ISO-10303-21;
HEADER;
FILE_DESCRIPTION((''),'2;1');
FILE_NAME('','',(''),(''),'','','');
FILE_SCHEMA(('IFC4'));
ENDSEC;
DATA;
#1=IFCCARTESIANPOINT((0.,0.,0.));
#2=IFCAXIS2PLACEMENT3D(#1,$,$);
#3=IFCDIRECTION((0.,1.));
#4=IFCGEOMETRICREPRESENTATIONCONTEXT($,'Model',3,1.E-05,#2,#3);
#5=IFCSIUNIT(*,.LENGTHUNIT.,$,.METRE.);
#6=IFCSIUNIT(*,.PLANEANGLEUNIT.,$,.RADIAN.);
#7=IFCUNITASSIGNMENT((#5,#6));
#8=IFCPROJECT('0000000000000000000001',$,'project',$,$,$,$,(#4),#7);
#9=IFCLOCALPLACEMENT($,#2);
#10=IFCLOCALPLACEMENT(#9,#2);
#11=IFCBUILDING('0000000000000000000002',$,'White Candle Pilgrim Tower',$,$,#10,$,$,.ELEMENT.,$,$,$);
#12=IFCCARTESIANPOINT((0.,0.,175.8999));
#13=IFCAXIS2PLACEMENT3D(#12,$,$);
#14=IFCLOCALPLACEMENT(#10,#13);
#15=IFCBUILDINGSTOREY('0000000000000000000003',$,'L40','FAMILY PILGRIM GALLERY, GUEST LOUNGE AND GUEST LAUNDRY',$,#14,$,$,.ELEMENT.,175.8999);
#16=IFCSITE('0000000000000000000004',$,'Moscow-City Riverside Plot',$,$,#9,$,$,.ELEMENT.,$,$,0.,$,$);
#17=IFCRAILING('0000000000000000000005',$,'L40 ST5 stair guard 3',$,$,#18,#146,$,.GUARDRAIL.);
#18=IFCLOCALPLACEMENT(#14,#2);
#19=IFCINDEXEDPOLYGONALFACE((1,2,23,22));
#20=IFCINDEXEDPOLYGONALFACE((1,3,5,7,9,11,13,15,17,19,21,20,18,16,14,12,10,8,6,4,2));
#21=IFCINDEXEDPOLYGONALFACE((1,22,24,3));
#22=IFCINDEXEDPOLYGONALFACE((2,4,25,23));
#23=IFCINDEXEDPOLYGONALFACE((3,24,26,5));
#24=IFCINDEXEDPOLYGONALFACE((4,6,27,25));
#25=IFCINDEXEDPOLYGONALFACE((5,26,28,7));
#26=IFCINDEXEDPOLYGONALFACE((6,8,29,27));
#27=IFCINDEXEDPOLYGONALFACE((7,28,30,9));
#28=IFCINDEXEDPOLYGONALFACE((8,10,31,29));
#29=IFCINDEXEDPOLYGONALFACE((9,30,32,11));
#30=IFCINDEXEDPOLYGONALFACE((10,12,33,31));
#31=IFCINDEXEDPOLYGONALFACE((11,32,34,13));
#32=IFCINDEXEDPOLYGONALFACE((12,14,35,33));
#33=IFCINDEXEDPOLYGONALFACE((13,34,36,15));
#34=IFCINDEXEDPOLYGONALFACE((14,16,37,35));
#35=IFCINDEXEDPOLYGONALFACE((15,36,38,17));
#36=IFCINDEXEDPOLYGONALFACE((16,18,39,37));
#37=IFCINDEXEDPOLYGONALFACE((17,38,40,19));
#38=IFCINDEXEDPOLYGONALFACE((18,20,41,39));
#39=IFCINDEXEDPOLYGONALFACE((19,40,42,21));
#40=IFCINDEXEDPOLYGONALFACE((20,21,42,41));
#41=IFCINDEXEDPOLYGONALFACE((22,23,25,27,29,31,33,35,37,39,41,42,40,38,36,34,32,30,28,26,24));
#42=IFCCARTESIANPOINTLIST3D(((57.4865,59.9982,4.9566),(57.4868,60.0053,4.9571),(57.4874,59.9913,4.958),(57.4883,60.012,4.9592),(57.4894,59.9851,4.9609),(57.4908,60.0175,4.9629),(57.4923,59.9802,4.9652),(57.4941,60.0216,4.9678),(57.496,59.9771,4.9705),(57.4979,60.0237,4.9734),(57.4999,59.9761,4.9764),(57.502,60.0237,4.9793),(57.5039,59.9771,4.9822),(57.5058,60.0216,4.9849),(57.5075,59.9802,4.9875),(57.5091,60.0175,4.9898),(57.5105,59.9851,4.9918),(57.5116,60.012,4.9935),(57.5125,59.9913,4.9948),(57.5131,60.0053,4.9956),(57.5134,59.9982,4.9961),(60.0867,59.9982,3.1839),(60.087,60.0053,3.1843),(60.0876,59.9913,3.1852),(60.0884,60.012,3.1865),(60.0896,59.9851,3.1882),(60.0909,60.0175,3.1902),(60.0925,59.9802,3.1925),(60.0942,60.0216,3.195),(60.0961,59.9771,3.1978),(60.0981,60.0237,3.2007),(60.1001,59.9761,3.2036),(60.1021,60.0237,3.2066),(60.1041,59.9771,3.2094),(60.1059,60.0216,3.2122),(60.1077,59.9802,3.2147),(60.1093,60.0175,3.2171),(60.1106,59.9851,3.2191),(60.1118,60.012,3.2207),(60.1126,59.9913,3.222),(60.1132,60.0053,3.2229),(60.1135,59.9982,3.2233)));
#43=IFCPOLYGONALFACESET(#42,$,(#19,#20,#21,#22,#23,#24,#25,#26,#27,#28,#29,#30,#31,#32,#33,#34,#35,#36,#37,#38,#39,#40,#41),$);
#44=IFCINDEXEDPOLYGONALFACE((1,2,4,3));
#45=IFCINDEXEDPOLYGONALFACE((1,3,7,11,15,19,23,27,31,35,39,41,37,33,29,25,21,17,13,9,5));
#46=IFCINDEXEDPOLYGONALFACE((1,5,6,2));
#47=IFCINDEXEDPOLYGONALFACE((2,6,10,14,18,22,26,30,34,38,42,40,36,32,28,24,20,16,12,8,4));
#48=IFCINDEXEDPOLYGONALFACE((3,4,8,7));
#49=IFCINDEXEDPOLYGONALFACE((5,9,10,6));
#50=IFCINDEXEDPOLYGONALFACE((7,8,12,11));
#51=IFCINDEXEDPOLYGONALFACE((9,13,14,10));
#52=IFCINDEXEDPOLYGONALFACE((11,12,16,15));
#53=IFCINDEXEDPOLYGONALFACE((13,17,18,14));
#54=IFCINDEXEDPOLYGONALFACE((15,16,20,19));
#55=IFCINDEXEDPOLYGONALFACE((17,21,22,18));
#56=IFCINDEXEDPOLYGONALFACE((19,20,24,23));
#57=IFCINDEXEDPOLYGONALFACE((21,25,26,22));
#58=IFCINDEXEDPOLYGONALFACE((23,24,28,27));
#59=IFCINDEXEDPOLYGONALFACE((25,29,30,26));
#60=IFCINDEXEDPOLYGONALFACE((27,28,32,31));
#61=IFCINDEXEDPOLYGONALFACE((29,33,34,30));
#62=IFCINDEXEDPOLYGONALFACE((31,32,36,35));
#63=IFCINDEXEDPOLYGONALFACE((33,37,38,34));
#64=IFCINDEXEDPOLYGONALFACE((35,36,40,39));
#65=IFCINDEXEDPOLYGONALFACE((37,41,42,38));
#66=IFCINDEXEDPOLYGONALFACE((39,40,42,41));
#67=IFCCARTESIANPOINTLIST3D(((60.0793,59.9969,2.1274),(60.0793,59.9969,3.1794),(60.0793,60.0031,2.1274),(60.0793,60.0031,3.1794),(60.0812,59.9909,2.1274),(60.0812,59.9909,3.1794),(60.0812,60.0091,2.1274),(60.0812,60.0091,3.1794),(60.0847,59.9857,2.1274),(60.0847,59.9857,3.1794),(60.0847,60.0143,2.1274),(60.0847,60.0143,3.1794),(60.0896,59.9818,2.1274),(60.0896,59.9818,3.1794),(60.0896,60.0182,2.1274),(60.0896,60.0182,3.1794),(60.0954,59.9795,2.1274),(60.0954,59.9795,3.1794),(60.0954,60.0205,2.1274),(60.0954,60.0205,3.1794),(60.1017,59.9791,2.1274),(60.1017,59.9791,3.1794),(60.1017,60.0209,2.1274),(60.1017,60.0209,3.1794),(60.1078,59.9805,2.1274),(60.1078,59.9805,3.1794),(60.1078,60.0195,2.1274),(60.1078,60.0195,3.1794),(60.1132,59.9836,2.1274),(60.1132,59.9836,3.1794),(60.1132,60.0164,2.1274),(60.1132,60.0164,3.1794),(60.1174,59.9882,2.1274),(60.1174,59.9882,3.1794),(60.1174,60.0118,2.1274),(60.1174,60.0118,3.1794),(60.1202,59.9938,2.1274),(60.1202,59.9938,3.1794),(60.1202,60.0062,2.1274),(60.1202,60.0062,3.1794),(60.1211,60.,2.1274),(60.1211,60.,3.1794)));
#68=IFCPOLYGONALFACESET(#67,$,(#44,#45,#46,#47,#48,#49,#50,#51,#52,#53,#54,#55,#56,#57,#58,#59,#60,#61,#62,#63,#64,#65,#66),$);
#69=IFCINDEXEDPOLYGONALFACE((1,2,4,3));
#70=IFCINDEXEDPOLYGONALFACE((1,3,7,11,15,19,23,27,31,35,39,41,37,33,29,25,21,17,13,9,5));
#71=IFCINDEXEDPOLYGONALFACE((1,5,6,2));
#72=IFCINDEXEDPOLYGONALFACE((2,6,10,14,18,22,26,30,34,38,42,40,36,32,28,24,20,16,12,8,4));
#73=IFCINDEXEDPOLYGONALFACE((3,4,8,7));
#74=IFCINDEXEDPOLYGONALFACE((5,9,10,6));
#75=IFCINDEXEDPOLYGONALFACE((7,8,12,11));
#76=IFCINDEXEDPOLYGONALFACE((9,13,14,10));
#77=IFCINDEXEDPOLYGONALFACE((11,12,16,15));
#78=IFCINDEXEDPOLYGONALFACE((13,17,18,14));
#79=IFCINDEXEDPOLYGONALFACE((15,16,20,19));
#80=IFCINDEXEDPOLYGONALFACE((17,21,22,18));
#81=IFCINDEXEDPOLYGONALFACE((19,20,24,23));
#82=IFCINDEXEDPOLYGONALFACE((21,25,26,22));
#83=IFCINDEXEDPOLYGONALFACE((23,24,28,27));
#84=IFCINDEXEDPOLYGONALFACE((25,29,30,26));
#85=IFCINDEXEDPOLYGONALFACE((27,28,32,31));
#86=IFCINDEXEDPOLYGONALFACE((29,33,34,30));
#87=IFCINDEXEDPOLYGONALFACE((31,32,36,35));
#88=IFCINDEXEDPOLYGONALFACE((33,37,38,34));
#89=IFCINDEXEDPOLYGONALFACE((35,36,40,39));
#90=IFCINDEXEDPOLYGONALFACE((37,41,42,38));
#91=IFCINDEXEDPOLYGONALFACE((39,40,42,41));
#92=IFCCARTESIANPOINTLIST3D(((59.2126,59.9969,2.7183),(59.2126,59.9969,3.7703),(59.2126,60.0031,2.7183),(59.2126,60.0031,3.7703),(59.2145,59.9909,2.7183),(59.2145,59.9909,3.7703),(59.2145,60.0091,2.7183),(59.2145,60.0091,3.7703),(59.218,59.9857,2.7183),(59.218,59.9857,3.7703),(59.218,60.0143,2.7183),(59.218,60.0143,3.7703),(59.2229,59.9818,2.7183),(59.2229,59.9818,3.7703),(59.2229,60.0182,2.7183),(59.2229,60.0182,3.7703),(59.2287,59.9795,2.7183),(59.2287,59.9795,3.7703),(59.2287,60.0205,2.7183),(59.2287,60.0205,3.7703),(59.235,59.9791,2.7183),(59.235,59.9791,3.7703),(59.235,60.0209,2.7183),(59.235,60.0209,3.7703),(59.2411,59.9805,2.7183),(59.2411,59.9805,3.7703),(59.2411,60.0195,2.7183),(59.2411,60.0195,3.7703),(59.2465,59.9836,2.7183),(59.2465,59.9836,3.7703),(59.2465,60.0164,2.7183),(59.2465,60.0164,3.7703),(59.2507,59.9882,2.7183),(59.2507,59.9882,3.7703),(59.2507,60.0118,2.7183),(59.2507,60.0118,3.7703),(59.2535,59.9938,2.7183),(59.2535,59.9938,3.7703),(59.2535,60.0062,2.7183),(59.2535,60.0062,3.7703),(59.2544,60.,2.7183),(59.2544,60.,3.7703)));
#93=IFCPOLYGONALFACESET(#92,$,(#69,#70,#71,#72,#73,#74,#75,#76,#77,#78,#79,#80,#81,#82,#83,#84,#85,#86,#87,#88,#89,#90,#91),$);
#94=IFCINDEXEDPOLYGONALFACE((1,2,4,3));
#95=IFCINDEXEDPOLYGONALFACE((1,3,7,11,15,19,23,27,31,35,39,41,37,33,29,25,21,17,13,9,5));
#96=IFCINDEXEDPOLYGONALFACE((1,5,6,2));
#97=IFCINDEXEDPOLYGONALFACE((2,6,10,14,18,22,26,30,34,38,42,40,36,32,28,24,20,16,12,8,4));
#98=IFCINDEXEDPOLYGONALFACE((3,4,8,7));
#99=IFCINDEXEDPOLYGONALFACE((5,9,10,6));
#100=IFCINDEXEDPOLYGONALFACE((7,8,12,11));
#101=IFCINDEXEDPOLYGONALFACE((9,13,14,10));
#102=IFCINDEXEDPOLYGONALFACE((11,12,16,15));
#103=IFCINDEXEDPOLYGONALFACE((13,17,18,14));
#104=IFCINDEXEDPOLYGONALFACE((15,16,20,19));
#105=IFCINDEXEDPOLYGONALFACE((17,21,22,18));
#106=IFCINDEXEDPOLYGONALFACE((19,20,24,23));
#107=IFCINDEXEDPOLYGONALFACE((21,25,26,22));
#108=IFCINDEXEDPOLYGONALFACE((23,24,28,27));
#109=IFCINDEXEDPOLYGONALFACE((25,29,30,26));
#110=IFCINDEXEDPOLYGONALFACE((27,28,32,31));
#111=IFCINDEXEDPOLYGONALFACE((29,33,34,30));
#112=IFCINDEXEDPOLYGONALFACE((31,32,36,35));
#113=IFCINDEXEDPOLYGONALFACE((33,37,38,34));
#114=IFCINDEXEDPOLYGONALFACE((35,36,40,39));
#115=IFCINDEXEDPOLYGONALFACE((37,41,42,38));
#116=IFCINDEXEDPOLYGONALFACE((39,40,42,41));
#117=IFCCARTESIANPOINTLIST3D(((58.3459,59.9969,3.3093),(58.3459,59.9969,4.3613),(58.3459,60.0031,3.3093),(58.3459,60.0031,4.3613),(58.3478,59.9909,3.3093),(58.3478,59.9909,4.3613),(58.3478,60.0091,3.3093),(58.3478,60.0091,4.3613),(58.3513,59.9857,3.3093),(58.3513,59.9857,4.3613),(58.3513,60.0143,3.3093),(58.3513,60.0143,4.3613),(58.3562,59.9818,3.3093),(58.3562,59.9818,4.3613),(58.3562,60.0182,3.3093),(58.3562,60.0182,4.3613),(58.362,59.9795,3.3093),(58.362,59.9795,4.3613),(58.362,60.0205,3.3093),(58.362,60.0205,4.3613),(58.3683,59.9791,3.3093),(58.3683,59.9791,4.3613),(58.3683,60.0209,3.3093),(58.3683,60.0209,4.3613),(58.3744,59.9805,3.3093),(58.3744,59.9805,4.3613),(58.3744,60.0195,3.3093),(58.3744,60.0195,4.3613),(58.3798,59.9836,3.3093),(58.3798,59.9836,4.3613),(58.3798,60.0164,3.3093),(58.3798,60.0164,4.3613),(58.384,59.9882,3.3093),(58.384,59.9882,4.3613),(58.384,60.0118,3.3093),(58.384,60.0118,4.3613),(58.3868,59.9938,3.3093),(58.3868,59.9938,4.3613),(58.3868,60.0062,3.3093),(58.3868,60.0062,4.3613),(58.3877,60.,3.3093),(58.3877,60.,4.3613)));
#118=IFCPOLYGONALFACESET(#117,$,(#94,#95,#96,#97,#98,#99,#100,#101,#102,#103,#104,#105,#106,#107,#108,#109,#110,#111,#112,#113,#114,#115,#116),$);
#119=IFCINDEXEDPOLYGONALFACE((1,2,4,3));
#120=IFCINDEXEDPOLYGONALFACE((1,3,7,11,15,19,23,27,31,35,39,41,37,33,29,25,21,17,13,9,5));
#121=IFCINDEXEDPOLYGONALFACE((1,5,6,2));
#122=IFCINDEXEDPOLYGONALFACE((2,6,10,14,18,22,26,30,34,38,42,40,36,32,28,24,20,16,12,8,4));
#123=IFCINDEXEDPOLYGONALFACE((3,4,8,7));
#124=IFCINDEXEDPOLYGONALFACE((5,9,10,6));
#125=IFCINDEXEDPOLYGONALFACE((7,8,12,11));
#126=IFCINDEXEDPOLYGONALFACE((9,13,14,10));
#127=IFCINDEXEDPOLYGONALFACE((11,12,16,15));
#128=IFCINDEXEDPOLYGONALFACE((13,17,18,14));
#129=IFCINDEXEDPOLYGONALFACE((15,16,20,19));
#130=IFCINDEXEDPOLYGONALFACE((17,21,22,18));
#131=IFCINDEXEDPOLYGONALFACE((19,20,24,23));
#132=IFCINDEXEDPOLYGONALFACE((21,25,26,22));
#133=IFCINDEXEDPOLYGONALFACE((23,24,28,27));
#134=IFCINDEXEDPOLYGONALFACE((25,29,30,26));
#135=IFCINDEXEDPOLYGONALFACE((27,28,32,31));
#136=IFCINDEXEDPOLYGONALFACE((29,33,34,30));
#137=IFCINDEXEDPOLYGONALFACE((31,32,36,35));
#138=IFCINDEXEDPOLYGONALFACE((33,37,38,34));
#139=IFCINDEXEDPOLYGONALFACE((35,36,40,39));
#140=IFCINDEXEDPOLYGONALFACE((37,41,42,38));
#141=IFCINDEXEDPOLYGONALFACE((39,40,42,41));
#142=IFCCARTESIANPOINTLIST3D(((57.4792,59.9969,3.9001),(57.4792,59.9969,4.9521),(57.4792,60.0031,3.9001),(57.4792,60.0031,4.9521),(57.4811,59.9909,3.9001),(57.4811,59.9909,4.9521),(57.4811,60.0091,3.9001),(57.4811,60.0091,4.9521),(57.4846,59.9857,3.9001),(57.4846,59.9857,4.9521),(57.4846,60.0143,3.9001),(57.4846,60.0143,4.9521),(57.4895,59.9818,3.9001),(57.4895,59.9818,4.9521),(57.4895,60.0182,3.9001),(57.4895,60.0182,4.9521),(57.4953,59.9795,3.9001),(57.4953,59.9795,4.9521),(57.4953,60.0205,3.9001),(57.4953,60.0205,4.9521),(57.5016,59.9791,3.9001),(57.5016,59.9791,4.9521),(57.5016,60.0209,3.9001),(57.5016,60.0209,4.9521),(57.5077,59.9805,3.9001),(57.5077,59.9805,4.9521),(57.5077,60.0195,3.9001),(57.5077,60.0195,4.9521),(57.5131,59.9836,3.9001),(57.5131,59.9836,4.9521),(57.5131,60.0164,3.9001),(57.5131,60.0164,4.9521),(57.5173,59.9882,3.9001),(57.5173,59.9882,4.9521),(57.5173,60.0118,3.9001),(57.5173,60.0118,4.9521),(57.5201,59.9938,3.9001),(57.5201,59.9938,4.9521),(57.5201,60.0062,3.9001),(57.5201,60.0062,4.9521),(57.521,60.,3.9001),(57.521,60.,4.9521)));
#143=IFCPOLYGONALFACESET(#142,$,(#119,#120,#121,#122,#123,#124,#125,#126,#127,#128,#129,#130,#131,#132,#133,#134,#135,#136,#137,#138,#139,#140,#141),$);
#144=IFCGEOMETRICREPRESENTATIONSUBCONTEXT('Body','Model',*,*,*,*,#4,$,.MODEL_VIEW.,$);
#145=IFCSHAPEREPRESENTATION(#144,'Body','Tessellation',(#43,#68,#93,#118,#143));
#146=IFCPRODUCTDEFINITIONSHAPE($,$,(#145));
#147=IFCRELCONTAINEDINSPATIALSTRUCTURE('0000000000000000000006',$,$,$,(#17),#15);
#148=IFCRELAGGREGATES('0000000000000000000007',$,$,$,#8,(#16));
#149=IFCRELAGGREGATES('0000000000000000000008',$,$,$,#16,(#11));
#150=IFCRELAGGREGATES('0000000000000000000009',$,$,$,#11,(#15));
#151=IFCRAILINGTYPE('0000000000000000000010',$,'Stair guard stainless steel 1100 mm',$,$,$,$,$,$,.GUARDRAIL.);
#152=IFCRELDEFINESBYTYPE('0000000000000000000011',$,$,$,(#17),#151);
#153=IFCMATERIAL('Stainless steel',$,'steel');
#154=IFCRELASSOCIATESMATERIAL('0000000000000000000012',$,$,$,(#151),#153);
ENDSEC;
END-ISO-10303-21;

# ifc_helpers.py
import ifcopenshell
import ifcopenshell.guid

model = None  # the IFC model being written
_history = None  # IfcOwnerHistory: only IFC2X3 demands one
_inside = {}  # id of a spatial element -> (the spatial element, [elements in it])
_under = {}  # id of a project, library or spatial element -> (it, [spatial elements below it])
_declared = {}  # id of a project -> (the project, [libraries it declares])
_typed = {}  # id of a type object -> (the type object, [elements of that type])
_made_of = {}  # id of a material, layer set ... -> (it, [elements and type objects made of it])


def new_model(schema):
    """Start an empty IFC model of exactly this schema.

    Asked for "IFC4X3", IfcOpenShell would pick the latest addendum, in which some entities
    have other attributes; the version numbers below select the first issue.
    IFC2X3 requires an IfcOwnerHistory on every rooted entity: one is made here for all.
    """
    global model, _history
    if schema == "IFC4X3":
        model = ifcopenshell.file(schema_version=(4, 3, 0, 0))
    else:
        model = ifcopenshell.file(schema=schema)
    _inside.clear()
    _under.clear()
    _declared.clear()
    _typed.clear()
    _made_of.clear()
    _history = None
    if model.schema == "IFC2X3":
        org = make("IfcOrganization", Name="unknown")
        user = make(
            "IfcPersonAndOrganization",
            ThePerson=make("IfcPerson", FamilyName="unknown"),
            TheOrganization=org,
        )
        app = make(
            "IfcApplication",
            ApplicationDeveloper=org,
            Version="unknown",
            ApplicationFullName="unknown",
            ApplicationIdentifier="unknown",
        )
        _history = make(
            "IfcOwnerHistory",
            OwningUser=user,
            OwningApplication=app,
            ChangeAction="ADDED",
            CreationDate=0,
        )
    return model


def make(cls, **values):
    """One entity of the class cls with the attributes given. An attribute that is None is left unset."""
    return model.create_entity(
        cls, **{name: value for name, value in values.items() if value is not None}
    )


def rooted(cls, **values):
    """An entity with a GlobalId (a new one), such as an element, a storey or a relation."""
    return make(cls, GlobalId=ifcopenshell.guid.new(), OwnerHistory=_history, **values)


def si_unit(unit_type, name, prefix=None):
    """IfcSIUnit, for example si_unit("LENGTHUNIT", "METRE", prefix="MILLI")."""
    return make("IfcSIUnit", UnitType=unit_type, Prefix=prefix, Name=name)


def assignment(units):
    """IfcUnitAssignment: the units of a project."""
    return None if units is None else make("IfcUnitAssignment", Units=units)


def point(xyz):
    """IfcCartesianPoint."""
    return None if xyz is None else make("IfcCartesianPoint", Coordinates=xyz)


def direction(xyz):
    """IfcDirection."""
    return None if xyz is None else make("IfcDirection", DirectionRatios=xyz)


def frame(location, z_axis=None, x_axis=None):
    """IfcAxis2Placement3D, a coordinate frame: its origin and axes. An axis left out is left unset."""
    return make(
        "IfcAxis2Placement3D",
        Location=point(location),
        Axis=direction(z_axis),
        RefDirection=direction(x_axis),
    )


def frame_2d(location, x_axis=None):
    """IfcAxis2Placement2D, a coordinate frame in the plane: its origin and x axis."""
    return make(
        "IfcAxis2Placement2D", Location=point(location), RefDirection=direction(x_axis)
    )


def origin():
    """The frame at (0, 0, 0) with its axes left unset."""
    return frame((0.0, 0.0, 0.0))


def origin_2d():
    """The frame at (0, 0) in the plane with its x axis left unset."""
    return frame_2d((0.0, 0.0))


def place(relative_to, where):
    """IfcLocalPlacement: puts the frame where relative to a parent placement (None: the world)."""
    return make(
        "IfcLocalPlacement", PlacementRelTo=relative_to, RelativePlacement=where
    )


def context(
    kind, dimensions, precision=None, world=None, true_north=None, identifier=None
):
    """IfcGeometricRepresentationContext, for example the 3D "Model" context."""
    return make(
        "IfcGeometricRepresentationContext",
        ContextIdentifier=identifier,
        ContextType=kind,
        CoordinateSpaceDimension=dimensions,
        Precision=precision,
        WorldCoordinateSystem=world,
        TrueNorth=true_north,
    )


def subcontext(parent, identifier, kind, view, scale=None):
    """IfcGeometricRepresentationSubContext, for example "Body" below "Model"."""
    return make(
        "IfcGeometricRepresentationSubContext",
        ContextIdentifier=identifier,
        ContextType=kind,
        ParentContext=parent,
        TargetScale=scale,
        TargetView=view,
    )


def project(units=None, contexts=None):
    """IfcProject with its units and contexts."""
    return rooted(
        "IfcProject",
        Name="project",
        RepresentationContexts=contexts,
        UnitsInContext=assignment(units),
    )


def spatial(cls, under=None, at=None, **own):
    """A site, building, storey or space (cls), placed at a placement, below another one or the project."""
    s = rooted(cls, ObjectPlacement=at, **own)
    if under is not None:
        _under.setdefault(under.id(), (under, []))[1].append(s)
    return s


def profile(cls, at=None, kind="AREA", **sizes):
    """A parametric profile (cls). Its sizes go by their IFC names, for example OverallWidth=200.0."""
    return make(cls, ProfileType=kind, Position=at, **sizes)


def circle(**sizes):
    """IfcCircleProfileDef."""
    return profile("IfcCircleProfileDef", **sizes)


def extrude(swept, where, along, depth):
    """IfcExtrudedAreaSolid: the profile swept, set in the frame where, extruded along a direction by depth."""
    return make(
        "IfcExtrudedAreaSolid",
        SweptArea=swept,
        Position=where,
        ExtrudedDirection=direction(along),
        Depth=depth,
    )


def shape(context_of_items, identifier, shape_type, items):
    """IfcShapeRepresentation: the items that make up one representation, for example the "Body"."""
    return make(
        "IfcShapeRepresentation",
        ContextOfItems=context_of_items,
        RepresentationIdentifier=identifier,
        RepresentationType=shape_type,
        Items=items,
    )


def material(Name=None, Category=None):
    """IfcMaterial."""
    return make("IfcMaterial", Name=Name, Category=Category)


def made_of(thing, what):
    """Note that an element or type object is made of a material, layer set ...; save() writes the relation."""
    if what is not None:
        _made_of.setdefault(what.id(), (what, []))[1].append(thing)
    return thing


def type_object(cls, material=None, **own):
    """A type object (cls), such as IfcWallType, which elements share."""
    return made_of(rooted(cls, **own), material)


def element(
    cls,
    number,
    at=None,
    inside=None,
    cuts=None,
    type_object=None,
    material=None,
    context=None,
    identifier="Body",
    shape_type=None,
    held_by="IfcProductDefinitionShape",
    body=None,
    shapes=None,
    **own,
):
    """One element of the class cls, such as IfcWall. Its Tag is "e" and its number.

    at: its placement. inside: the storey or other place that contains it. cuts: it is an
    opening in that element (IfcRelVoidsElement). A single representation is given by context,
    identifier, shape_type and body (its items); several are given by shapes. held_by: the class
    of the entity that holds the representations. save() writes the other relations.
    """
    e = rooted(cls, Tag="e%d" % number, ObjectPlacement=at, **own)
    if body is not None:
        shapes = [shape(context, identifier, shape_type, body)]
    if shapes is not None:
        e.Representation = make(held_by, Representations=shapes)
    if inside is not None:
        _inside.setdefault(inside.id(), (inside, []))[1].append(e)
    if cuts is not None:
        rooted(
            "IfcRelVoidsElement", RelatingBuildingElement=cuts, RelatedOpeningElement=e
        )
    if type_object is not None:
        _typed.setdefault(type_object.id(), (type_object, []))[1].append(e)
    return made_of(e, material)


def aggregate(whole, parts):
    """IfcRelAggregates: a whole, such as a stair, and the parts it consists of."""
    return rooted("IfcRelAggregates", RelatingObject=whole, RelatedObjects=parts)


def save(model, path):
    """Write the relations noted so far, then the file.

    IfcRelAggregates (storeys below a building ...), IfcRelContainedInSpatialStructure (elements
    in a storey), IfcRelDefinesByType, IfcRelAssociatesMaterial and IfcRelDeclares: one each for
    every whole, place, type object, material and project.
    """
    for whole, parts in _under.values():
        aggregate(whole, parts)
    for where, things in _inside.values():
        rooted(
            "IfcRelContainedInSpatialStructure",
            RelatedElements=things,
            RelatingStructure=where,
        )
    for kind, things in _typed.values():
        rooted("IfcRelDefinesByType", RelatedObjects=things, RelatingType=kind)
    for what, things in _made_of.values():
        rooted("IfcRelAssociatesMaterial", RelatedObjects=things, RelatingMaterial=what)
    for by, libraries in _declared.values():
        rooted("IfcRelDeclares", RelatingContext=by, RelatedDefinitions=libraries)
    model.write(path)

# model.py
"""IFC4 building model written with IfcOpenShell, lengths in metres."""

from ifc_helpers import new_model, si_unit, direction, frame, origin, origin_2d, place, context, subcontext, project, spatial, circle, extrude, material, type_object, element, save


model = new_model("IFC4")

# Units and contexts
model_context = context("Model", 3, precision=1e-05, world=origin(), true_north=direction((0.0, 1.0)))
body_context = subcontext(model_context, "Body", "Model", "MODEL_VIEW")
ifc_project = project(units=[si_unit("LENGTHUNIT", "METRE"), si_unit("PLANEANGLEUNIT", "RADIAN")], contexts=[model_context])

# Site, building, storey
site_placement = place(None, origin())
site = spatial("IfcSite", under=ifc_project, at=site_placement, Name="Moscow-City Riverside Plot", CompositionType="ELEMENT", RefElevation=0.0)
building_placement = place(site_placement, origin())
building = spatial("IfcBuilding", under=site, at=building_placement, Name="White Candle Pilgrim Tower", CompositionType="ELEMENT")
storey_placement = place(building_placement, frame((0.0, 0.0, 175.8999)))
storey = spatial("IfcBuildingStorey", under=building, at=storey_placement, Name="L40", Description="FAMILY PILGRIM GALLERY, GUEST LOUNGE AND GUEST LAUNDRY", CompositionType="ELEMENT", Elevation=175.8999)

# Railing
ifc_material_1 = material(Name="Stainless steel", Category="steel")
railing_type_1 = type_object("IfcRailingType", Name="Stair guard stainless steel 1100 mm", PredefinedType="GUARDRAIL", material=ifc_material_1)
railing_1_placement = place(storey_placement, frame((60.1001, 60.0, 2.1274)))
element("IfcRailing", 1, at=railing_1_placement, inside=storey, type_object=railing_type_1, Name="L40 ST5 stair guard 3", PredefinedType="GUARDRAIL", context=body_context, shape_type="SweptSolid", body=[
    extrude(circle(Radius=0.0239, at=origin_2d()), frame((0.0, 0.0, 1.0762), z_axis=(-0.82624, 0.0, 0.563318), x_axis=(0.0, -1.0, 0.0)), (0.0, 0.0, 1.0), 3.147),
    extrude(circle(Radius=0.021, at=origin_2d()), origin(), (0.0, 0.0, 1.0), 1.052),
    extrude(circle(Radius=0.021, at=origin_2d()), frame((-0.8667, 0.0, 0.5908)), (0.0, 0.0, 1.0), 1.052),
    extrude(circle(Radius=0.021, at=origin_2d()), frame((-1.7334, 0.0, 1.1819)), (0.0, 0.0, 1.0), 1.052),
    extrude(circle(Radius=0.021, at=origin_2d()), frame((-2.6001, 0.0, 1.7727)), (0.0, 0.0, 1.0), 1.052),
])

save(model, "model.ifc")
